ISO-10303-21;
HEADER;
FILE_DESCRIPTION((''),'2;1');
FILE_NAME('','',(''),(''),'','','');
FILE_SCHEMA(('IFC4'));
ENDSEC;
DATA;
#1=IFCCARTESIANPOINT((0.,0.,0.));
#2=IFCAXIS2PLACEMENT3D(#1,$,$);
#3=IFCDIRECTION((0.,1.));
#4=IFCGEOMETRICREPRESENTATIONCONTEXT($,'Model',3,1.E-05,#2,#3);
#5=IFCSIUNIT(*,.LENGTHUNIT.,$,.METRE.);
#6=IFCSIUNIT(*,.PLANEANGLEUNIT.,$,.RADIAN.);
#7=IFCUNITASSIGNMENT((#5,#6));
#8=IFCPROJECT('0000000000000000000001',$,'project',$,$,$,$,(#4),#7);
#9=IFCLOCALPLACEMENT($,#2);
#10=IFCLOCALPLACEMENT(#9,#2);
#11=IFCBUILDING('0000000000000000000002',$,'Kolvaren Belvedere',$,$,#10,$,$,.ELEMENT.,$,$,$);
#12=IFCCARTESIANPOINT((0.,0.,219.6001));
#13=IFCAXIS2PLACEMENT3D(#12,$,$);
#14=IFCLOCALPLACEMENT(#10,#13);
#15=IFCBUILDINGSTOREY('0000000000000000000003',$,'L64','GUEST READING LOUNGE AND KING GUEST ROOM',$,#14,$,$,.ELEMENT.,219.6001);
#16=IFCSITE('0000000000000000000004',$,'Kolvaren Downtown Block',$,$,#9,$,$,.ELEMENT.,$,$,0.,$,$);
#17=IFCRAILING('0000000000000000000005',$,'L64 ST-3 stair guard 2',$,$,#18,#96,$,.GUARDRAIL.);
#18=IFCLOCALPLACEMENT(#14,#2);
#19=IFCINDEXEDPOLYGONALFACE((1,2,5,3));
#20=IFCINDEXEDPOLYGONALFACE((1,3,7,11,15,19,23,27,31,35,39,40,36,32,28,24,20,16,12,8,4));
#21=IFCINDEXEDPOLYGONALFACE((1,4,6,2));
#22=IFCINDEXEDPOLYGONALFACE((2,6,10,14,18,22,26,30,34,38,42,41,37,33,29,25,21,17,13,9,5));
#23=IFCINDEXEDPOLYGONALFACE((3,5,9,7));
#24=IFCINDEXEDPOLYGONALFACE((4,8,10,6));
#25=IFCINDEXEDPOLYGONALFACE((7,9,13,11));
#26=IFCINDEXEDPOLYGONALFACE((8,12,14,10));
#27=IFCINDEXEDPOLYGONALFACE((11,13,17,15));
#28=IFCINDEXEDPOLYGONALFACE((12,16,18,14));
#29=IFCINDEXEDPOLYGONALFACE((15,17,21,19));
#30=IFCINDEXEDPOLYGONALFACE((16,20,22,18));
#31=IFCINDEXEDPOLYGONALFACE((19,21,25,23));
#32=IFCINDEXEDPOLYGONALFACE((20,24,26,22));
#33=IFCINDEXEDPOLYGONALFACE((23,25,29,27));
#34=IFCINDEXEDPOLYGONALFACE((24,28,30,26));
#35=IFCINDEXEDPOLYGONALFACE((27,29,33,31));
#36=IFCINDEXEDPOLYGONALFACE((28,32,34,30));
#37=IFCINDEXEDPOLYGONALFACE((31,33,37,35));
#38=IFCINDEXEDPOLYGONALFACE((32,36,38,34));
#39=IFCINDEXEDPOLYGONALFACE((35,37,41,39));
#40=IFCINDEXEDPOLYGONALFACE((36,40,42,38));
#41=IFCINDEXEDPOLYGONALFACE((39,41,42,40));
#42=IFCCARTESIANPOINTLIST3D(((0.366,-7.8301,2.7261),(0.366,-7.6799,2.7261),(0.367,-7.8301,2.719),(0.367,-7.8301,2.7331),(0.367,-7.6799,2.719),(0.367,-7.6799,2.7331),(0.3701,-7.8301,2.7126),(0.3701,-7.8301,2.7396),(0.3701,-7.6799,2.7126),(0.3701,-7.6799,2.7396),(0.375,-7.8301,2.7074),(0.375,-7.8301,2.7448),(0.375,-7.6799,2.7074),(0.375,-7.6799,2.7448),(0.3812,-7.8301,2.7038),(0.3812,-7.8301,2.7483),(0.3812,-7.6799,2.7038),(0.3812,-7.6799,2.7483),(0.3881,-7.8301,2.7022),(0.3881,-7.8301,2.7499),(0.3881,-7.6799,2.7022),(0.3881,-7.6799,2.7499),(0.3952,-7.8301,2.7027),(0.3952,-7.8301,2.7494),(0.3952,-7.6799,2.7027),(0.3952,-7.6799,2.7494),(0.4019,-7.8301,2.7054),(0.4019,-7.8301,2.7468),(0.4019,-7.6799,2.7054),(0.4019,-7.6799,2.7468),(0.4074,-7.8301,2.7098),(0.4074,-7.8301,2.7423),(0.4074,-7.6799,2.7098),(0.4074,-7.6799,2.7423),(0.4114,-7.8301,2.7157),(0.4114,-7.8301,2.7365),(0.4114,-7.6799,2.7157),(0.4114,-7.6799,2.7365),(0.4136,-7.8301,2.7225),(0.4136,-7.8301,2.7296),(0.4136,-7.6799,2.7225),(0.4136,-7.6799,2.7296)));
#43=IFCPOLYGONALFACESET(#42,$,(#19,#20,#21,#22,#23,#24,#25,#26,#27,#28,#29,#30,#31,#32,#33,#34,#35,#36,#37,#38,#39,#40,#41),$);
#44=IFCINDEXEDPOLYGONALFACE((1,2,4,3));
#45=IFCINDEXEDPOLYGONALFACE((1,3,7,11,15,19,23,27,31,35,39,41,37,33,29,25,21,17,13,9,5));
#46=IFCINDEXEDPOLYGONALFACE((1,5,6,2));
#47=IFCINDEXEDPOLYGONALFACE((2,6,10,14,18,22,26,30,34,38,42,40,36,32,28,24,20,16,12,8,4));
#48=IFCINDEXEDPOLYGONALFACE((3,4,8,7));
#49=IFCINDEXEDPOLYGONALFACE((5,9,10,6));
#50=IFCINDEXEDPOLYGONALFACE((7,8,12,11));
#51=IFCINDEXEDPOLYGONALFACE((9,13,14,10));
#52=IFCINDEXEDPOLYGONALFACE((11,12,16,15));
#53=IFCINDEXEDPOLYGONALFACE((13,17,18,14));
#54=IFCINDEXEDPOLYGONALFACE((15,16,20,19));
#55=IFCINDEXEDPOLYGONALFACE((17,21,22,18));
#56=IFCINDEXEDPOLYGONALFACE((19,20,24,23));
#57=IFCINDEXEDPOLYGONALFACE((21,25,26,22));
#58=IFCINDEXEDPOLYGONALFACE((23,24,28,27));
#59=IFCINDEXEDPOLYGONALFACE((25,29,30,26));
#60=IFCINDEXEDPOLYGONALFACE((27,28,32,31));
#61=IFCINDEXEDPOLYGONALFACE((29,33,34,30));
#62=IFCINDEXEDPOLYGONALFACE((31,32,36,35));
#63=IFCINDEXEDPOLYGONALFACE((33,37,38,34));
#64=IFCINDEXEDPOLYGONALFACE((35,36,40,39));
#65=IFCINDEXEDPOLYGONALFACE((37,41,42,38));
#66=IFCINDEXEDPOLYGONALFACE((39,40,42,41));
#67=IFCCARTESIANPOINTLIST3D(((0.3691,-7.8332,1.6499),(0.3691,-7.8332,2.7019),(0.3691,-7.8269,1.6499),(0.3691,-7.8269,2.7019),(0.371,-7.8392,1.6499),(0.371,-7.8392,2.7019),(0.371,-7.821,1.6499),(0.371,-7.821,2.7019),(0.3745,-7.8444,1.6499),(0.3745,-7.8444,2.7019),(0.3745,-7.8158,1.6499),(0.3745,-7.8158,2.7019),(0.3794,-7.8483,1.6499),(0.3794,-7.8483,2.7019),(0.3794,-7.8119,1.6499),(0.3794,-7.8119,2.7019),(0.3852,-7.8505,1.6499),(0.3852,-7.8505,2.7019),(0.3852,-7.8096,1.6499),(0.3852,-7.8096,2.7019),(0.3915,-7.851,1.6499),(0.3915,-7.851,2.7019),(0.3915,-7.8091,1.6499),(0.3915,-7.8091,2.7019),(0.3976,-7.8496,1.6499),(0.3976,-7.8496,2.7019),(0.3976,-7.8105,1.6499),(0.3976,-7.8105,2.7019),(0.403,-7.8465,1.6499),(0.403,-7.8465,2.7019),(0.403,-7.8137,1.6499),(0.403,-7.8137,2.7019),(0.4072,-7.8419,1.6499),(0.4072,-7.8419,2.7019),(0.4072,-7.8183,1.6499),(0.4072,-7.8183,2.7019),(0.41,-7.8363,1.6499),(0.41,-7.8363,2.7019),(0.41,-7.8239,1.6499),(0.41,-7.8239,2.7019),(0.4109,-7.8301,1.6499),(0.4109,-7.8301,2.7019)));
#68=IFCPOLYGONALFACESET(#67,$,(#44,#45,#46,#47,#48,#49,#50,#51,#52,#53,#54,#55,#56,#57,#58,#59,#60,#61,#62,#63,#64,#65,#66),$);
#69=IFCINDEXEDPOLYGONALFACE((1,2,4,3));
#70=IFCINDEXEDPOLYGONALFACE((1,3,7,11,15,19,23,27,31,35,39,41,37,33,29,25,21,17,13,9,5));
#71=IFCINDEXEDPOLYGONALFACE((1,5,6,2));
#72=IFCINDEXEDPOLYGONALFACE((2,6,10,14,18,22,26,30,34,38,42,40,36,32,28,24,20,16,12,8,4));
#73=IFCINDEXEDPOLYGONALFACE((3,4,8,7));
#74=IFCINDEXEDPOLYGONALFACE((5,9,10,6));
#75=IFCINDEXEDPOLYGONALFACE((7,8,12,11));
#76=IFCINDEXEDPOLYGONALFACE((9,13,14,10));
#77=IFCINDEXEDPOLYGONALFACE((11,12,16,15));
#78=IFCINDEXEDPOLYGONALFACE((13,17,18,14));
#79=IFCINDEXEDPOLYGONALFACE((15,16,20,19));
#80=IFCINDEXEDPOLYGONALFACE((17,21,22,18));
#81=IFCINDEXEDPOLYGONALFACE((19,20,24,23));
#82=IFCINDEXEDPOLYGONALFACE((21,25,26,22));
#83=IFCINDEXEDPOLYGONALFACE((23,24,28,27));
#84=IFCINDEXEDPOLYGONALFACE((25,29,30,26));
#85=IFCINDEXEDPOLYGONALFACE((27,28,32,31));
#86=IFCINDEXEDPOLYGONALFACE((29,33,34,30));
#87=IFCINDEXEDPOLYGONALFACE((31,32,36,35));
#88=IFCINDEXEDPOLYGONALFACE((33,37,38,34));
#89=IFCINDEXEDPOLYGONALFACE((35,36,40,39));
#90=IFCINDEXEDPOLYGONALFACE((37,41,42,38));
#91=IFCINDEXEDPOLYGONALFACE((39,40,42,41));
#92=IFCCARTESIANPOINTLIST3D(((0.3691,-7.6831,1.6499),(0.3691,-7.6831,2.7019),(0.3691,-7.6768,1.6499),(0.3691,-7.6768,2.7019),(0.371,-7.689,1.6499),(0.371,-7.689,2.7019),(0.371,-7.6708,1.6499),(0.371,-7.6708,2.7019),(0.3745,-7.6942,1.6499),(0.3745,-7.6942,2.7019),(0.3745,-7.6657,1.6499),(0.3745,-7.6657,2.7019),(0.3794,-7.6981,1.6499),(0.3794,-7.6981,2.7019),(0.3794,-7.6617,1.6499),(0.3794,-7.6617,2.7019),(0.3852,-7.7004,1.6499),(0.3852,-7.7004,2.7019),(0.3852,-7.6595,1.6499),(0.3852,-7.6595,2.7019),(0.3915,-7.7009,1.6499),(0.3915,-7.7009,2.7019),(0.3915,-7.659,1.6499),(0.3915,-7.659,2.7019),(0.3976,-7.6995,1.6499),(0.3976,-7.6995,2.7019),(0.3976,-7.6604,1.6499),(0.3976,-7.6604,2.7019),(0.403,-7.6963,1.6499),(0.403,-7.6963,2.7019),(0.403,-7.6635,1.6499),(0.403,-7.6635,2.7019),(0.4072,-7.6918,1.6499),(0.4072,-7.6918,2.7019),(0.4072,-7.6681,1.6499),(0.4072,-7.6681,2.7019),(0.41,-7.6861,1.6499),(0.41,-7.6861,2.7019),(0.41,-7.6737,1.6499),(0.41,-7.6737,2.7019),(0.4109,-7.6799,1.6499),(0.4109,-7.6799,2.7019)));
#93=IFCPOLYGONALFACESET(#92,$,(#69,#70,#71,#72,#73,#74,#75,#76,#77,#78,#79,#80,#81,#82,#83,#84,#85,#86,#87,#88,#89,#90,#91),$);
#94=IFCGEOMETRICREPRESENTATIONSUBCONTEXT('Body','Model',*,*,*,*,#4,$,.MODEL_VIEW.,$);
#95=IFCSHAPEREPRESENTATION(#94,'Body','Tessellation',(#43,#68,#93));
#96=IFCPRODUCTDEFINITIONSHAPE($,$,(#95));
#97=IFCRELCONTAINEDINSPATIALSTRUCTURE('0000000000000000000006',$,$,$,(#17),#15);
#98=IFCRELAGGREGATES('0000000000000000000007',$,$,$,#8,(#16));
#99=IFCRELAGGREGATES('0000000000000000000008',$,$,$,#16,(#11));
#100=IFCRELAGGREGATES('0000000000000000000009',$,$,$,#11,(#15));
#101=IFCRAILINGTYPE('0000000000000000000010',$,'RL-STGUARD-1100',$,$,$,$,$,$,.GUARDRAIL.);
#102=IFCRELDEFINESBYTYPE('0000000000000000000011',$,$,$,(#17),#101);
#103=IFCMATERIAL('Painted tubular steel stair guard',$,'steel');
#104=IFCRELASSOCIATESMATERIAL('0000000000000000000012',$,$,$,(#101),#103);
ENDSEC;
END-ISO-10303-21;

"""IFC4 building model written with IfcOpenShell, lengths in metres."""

from ifc_helpers import new_model, si_unit, direction, frame, origin, origin_2d, place, context, subcontext, project, spatial, circle, extrude, material, type_object, element, save


model = new_model("IFC4")

# Units and contexts
model_context = context("Model", 3, precision=1e-05, world=origin(), true_north=direction((0.0, 1.0)))
body_context = subcontext(model_context, "Body", "Model", "MODEL_VIEW")
ifc_project = project(units=[si_unit("LENGTHUNIT", "METRE"), si_unit("PLANEANGLEUNIT", "RADIAN")], contexts=[model_context])

# Site, building, storey
site_placement = place(None, origin())
site = spatial("IfcSite", under=ifc_project, at=site_placement, Name="Kolvaren Downtown Block", CompositionType="ELEMENT", RefElevation=0.0)
building_placement = place(site_placement, origin())
building = spatial("IfcBuilding", under=site, at=building_placement, Name="Kolvaren Belvedere", CompositionType="ELEMENT")
storey_placement = place(building_placement, frame((0.0, 0.0, 219.6001)))
storey = spatial("IfcBuildingStorey", under=building, at=storey_placement, Name="L64", Description="GUEST READING LOUNGE AND KING GUEST ROOM", CompositionType="ELEMENT", Elevation=219.6001)

# Railing
ifc_material_1 = material(Name="Painted tubular steel stair guard", Category="steel")
railing_type_1 = type_object("IfcRailingType", Name="RL-STGUARD-1100", PredefinedType="GUARDRAIL", material=ifc_material_1)
railing_1_placement = place(storey_placement, frame((0.3899, -7.8301, 1.6499)))
element("IfcRailing", 1, at=railing_1_placement, inside=storey, type_object=railing_type_1, Name="L64 ST-3 stair guard 2", PredefinedType="GUARDRAIL", context=body_context, shape_type="SweptSolid", body=[
    extrude(circle(Radius=0.0239, at=origin_2d()), frame((0.0, 0.0, 1.0762), z_axis=(0.0, 1.0, 0.0), x_axis=(-1.0, 0.0, 0.0)), (0.0, 0.0, 1.0), 0.1501),
    extrude(circle(Radius=0.021, at=origin_2d()), origin(), (0.0, 0.0, 1.0), 1.052),
    extrude(circle(Radius=0.021, at=origin_2d()), frame((0.0, 0.1501, 0.0)), (0.0, 0.0, 1.0), 1.052),
])

save(model, "model.ifc")
